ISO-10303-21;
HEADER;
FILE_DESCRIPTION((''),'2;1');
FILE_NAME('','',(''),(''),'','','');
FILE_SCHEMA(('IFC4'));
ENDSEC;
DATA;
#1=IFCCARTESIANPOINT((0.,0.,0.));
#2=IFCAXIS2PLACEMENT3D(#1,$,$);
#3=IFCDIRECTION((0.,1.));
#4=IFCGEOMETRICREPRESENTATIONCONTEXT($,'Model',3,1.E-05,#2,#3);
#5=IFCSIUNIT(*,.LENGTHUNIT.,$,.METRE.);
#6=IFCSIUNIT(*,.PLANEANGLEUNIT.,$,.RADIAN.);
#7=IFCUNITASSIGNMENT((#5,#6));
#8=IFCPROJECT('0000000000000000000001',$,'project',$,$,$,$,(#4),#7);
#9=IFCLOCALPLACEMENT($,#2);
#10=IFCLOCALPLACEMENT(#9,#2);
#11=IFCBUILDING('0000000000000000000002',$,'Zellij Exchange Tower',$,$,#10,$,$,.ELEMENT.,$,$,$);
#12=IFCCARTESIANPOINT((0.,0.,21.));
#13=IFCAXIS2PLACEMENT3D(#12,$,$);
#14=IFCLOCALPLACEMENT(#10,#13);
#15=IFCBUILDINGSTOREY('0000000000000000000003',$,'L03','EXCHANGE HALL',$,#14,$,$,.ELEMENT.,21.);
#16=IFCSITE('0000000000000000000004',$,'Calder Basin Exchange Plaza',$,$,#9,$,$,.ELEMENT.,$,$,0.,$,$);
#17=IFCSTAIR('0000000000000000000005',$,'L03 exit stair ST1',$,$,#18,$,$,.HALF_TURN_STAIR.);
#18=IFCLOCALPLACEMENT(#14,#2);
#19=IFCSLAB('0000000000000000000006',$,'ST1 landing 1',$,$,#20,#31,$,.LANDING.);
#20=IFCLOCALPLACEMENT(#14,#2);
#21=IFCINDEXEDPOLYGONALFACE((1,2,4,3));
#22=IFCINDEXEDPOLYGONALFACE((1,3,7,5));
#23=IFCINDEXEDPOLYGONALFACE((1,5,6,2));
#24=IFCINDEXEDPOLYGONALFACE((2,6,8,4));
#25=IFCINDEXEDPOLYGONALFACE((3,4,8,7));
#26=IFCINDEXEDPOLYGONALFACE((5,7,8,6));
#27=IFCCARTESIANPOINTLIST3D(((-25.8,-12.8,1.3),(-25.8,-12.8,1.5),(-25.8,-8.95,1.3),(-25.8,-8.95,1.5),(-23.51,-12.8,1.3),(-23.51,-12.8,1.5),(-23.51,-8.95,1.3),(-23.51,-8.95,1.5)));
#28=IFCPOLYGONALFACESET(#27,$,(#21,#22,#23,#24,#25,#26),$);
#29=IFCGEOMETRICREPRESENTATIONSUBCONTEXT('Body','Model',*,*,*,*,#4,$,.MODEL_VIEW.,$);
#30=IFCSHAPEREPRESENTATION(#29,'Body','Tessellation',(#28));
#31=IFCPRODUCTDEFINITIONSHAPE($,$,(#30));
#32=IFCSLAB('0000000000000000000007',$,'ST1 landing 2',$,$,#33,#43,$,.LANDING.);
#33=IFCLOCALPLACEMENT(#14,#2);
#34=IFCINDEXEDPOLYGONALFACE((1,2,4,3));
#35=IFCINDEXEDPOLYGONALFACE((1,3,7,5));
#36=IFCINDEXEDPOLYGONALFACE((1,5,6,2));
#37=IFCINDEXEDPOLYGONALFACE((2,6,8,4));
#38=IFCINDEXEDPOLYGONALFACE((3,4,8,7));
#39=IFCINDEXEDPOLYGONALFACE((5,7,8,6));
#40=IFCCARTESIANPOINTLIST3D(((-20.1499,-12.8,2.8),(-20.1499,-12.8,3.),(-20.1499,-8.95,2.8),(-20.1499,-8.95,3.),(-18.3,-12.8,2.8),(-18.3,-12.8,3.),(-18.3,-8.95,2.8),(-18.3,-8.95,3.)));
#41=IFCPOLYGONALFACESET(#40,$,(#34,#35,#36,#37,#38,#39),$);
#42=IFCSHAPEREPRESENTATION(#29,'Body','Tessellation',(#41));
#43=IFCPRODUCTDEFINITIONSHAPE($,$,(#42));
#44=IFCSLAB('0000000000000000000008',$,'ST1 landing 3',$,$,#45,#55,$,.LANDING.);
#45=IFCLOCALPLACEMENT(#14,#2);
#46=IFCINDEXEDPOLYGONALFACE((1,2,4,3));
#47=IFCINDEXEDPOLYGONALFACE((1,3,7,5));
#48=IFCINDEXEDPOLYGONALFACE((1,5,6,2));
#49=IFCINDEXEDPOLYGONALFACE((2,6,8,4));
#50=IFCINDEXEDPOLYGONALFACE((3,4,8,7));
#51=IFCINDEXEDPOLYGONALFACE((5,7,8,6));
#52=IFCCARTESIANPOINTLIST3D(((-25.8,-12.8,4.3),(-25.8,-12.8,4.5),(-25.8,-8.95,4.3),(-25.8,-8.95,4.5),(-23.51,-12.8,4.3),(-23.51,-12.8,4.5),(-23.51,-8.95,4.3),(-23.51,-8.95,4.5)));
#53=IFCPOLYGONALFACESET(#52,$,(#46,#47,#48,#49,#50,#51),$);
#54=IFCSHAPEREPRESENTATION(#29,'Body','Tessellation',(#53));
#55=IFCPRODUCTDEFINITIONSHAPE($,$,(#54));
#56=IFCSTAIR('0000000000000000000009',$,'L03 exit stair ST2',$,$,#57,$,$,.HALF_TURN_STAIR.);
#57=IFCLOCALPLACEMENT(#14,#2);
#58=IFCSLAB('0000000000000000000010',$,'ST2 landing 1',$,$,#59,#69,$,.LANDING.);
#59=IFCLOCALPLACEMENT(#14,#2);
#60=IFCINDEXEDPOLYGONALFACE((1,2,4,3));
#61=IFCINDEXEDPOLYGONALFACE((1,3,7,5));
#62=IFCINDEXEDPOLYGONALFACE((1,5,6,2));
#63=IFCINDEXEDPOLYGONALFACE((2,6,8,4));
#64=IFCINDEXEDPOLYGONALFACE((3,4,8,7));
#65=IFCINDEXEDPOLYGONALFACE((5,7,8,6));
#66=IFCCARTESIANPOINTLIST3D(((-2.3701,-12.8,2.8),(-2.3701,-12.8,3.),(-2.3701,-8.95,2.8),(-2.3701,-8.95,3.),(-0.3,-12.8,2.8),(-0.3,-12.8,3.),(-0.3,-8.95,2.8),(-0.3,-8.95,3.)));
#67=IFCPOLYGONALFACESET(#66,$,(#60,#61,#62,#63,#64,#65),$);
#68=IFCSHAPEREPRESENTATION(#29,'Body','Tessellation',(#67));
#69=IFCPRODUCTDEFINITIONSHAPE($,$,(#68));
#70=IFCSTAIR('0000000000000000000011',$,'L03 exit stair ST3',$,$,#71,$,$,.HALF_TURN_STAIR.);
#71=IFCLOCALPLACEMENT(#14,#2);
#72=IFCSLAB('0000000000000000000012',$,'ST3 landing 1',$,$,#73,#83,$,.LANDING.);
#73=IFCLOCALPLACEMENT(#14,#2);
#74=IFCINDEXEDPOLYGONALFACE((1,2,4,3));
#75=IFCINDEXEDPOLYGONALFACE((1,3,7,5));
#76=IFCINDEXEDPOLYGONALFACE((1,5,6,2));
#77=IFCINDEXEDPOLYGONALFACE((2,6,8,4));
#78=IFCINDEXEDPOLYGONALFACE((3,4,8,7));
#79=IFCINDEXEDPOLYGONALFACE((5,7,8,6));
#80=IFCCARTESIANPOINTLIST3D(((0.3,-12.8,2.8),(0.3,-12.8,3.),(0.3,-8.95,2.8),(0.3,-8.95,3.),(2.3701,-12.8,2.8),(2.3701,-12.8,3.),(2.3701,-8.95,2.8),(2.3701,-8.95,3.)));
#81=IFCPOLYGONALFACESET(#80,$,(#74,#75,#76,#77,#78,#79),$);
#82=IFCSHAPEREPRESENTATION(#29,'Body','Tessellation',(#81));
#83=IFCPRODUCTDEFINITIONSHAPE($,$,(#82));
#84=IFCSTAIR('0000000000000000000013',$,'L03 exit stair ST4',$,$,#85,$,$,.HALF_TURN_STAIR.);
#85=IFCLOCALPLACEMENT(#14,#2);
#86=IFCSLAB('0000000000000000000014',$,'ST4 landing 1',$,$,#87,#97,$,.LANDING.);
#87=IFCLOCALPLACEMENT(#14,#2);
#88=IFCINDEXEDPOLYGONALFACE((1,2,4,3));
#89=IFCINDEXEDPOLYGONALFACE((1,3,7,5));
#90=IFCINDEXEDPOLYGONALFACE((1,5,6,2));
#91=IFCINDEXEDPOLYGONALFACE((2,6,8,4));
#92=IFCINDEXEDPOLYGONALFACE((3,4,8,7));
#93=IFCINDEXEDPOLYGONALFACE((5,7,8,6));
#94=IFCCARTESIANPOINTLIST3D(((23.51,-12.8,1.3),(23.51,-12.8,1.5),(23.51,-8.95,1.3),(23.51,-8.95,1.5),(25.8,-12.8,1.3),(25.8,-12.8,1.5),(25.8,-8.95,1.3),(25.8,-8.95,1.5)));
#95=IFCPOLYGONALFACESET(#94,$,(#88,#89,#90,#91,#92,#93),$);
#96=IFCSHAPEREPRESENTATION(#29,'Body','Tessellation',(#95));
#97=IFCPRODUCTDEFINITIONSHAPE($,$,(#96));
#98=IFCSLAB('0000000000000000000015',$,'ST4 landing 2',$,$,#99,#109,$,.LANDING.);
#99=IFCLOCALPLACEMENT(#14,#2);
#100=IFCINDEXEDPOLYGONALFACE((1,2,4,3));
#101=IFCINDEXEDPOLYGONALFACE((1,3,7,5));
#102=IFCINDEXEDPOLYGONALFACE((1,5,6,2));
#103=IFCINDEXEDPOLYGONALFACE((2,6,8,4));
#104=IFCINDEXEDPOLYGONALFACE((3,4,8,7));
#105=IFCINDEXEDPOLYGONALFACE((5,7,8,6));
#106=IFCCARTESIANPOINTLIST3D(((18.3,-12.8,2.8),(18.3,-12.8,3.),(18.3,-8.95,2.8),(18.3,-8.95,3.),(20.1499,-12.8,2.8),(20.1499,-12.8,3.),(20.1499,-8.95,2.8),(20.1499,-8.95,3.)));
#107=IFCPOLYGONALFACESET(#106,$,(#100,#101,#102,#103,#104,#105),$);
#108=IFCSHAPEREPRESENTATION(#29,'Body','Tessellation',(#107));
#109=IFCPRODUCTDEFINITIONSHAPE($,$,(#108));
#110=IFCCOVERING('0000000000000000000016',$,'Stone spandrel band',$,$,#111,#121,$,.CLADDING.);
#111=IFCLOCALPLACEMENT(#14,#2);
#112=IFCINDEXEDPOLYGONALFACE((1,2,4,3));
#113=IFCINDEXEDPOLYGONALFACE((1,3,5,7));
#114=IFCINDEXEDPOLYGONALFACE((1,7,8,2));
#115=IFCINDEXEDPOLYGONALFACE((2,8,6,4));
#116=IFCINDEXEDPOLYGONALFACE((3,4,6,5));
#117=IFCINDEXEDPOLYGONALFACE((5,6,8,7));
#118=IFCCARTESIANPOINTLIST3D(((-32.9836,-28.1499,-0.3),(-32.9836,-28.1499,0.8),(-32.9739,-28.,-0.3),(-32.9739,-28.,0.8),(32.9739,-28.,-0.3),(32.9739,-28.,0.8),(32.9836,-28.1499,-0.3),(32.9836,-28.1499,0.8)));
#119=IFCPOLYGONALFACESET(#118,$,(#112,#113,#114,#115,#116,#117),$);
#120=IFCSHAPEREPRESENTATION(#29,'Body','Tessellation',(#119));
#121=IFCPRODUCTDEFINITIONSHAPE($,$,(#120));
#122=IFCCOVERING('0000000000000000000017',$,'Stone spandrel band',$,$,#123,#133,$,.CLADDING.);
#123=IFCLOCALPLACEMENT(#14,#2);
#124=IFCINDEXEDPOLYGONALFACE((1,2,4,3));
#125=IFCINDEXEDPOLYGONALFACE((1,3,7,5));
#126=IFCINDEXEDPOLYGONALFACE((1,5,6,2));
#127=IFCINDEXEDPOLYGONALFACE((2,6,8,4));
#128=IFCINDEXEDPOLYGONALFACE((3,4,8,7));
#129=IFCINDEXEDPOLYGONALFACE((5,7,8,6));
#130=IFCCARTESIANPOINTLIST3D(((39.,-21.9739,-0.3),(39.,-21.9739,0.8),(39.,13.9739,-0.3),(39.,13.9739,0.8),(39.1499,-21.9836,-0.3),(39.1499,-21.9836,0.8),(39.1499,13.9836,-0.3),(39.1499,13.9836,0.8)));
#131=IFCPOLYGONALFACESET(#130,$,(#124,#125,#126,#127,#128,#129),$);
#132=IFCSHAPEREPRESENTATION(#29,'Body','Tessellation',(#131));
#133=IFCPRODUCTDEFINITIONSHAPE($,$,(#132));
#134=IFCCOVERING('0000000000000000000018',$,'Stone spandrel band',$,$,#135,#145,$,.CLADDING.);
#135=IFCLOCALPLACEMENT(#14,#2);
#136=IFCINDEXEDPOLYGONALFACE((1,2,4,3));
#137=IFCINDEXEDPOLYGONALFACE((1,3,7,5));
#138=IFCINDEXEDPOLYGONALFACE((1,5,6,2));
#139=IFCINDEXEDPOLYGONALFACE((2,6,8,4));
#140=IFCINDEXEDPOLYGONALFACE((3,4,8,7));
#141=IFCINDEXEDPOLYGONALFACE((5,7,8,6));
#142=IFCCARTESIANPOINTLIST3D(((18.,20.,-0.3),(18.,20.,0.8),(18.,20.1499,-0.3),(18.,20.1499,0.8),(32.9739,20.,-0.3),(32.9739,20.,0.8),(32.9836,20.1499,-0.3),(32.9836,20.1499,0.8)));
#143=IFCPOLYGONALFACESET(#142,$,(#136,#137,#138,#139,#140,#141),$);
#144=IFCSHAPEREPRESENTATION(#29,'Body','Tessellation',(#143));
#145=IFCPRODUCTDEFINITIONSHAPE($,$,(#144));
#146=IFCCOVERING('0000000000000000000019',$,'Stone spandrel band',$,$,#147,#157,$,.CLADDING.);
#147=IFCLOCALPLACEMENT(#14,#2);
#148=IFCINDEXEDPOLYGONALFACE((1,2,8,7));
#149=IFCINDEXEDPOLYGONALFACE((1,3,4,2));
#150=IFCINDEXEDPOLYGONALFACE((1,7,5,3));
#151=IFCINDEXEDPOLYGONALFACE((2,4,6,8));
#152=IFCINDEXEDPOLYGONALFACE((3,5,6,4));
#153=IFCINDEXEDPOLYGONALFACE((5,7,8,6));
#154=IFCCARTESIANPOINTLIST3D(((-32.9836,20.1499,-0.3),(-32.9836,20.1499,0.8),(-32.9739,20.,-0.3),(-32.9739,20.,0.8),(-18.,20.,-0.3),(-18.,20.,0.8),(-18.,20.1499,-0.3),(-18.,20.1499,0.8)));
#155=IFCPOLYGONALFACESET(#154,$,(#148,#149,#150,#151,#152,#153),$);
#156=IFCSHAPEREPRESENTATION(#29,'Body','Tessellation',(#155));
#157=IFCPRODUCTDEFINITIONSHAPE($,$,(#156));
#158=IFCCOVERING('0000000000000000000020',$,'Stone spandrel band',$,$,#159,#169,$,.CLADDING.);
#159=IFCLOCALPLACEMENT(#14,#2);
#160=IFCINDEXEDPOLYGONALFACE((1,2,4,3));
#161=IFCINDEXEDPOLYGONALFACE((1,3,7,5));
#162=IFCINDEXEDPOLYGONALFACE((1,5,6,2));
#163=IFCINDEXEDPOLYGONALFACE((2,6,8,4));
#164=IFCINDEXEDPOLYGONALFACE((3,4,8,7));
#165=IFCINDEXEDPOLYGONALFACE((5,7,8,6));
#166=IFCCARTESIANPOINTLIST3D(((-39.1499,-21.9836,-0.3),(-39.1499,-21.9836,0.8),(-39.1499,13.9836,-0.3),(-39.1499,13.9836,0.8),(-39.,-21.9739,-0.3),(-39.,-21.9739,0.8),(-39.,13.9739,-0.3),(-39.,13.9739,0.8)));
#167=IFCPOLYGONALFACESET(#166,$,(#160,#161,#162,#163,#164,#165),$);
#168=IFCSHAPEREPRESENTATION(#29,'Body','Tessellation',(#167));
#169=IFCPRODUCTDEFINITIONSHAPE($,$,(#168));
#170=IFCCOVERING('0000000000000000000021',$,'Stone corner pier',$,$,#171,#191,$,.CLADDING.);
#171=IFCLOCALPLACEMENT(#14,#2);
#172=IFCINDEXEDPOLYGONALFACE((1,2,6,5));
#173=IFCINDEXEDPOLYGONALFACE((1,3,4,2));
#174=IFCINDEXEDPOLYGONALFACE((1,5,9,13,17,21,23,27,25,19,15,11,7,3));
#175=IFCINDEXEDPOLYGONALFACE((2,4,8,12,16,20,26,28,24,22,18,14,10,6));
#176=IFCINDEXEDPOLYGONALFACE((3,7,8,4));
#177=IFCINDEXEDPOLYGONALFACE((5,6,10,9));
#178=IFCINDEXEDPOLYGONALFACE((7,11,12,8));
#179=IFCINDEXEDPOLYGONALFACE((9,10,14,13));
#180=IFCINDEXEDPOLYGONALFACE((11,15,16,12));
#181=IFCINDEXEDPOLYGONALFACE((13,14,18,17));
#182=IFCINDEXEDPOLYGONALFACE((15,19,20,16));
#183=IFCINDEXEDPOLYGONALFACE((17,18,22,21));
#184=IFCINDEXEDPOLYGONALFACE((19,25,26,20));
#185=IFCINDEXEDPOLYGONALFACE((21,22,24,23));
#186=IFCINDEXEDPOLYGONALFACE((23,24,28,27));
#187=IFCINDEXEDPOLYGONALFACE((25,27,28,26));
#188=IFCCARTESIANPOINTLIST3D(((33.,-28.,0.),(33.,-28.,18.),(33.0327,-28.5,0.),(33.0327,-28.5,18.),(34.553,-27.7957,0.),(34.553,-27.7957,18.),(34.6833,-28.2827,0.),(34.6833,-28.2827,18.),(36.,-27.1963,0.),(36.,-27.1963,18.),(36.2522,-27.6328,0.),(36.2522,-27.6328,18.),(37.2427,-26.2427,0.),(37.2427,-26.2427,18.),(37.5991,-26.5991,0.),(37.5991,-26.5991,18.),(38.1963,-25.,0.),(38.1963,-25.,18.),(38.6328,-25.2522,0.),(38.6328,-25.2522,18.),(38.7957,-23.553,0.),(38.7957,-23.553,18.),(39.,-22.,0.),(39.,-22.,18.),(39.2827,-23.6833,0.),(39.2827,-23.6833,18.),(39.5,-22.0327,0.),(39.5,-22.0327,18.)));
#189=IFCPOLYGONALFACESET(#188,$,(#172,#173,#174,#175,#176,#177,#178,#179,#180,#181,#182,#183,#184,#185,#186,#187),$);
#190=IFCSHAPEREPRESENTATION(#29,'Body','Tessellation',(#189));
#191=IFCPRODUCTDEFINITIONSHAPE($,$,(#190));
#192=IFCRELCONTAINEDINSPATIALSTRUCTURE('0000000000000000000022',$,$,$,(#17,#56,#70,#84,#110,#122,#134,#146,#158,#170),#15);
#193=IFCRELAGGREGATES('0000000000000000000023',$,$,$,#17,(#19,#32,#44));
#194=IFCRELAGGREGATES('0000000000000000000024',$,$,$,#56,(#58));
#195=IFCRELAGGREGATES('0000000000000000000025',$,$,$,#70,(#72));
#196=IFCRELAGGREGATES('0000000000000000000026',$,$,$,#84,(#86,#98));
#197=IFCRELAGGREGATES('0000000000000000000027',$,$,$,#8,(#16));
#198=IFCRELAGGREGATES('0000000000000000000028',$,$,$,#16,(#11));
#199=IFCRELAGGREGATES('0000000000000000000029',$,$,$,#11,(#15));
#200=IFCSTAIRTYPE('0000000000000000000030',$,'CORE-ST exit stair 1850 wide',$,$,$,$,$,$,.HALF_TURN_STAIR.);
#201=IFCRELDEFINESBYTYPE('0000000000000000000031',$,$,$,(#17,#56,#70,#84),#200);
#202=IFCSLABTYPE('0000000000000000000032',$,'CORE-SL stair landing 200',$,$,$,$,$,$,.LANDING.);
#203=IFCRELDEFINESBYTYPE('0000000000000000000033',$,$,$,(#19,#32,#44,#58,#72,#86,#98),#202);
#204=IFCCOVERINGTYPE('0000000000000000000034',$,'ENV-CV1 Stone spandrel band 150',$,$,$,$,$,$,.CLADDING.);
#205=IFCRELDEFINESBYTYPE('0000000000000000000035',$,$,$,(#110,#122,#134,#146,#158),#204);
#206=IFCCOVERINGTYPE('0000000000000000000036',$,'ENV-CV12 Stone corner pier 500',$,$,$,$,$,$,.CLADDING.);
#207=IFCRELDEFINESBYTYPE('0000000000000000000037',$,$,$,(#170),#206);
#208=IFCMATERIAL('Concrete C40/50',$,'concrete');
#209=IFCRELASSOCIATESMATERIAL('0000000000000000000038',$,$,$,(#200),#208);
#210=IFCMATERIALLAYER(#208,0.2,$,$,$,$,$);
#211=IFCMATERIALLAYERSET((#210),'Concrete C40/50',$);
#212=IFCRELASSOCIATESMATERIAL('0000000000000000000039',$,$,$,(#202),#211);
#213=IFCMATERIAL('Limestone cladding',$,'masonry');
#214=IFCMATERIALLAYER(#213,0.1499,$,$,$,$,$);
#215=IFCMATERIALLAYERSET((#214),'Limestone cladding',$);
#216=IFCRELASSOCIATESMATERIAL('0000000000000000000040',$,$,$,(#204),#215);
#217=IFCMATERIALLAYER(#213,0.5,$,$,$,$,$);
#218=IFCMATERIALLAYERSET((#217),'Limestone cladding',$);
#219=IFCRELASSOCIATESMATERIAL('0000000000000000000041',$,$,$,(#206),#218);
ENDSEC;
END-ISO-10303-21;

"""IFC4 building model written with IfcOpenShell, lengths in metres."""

from ifc_helpers import new_model, si_unit, direction, frame, origin, place, context, subcontext, project, spatial, polyline, outline, extrude, material, layer, layer_set, type_object, element, aggregate, save


model = new_model("IFC4")

# Units and contexts
model_context = context("Model", 3, precision=1e-05, world=origin(), true_north=direction((0.0, 1.0)))
body_context = subcontext(model_context, "Body", "Model", "MODEL_VIEW")
ifc_project = project(units=[si_unit("LENGTHUNIT", "METRE"), si_unit("PLANEANGLEUNIT", "RADIAN")], contexts=[model_context])

# Site, building, storey
site_placement = place(None, origin())
site = spatial("IfcSite", under=ifc_project, at=site_placement, Name="Calder Basin Exchange Plaza", CompositionType="ELEMENT", RefElevation=0.0)
building_placement = place(site_placement, origin())
building = spatial("IfcBuilding", under=site, at=building_placement, Name="Zellij Exchange Tower", CompositionType="ELEMENT")
storey_placement = place(building_placement, frame((0.0, 0.0, 21.0)))
storey = spatial("IfcBuildingStorey", under=building, at=storey_placement, Name="L03", Description="EXCHANGE HALL", CompositionType="ELEMENT", Elevation=21.0)

# Stair, slabs
ifc_material_1 = material(Name="Concrete C40/50", Category="concrete")
stair_type = type_object("IfcStairType", Name="CORE-ST exit stair 1850 wide", PredefinedType="HALF_TURN_STAIR", material=ifc_material_1)
stair_1_placement = place(storey_placement, origin())
stair_1 = element("IfcStair", 1, at=stair_1_placement, inside=storey, type_object=stair_type, Name="L03 exit stair ST1", PredefinedType="HALF_TURN_STAIR")
ifc_layer_1 = layer(ifc_material_1, 0.2)
ifc_layer_set_1 = layer_set([ifc_layer_1], Name="Concrete C40/50")
slab_type = type_object("IfcSlabType", Name="CORE-SL stair landing 200", PredefinedType="LANDING", material=ifc_layer_set_1)
slab_1_placement = place(storey_placement, frame((0.0, 0.0, 1.3)))
slab_1 = element("IfcSlab", 2, at=slab_1_placement, type_object=slab_type, Name="ST1 landing 1", PredefinedType="LANDING", context=body_context, shape_type="SweptSolid", body=[
    extrude(outline(polyline([(-23.51, -8.95), (-25.8, -8.95), (-25.8, -12.8), (-23.51, -12.8), (-23.51, -8.95)])), origin(), (0.0, 0.0, 1.0), 0.2),
])
slab_2_placement = place(storey_placement, frame((0.0, 0.0, 2.8)))
slab_2 = element("IfcSlab", 3, at=slab_2_placement, type_object=slab_type, Name="ST1 landing 2", PredefinedType="LANDING", context=body_context, shape_type="SweptSolid", body=[
    extrude(outline(polyline([(-18.3, -8.95), (-20.1499, -8.95), (-20.1499, -12.8), (-18.3, -12.8), (-18.3, -8.95)])), origin(), (0.0, 0.0, 1.0), 0.2),
])
slab_3_placement = place(storey_placement, frame((0.0, 0.0, 4.3)))
slab_3 = element("IfcSlab", 4, at=slab_3_placement, type_object=slab_type, Name="ST1 landing 3", PredefinedType="LANDING", context=body_context, shape_type="SweptSolid", body=[
    extrude(outline(polyline([(-23.51, -8.95), (-25.8, -8.95), (-25.8, -12.8), (-23.51, -12.8), (-23.51, -8.95)])), origin(), (0.0, 0.0, 1.0), 0.2),
])
aggregate(stair_1, [slab_1, slab_2, slab_3])

# Stairs, slabs
stair_2_placement = place(storey_placement, origin())
stair_2 = element("IfcStair", 5, at=stair_2_placement, inside=storey, type_object=stair_type, Name="L03 exit stair ST2", PredefinedType="HALF_TURN_STAIR")
slab_4_placement = place(storey_placement, frame((0.0, 0.0, 2.8)))
slab_4 = element("IfcSlab", 6, at=slab_4_placement, type_object=slab_type, Name="ST2 landing 1", PredefinedType="LANDING", context=body_context, shape_type="SweptSolid", body=[
    extrude(outline(polyline([(-2.3701, -12.8), (-0.3, -12.8), (-0.3, -8.95), (-2.3701, -8.95), (-2.3701, -12.8)])), origin(), (0.0, 0.0, 1.0), 0.2),
])
aggregate(stair_2, [slab_4])
stair_3_placement = place(storey_placement, origin())
stair_3 = element("IfcStair", 7, at=stair_3_placement, inside=storey, type_object=stair_type, Name="L03 exit stair ST3", PredefinedType="HALF_TURN_STAIR")
slab_5_placement = place(storey_placement, frame((0.0, 0.0, 2.8)))
slab_5 = element("IfcSlab", 8, at=slab_5_placement, type_object=slab_type, Name="ST3 landing 1", PredefinedType="LANDING", context=body_context, shape_type="SweptSolid", body=[
    extrude(outline(polyline([(2.3701, -8.95), (0.3, -8.95), (0.3, -12.8), (2.3701, -12.8), (2.3701, -8.95)])), origin(), (0.0, 0.0, 1.0), 0.2),
])
aggregate(stair_3, [slab_5])

# Stair, slabs
stair_4_placement = place(storey_placement, origin())
stair_4 = element("IfcStair", 9, at=stair_4_placement, inside=storey, type_object=stair_type, Name="L03 exit stair ST4", PredefinedType="HALF_TURN_STAIR")
slab_6_placement = place(storey_placement, frame((0.0, 0.0, 1.3)))
slab_6 = element("IfcSlab", 10, at=slab_6_placement, type_object=slab_type, Name="ST4 landing 1", PredefinedType="LANDING", context=body_context, shape_type="SweptSolid", body=[
    extrude(outline(polyline([(23.51, -12.8), (25.8, -12.8), (25.8, -8.95), (23.51, -8.95), (23.51, -12.8)])), origin(), (0.0, 0.0, 1.0), 0.2),
])
slab_7_placement = place(storey_placement, frame((0.0, 0.0, 2.8)))
slab_7 = element("IfcSlab", 11, at=slab_7_placement, type_object=slab_type, Name="ST4 landing 2", PredefinedType="LANDING", context=body_context, shape_type="SweptSolid", body=[
    extrude(outline(polyline([(18.3, -12.8), (20.1499, -12.8), (20.1499, -8.95), (18.3, -8.95), (18.3, -12.8)])), origin(), (0.0, 0.0, 1.0), 0.2),
])
aggregate(stair_4, [slab_6, slab_7])

# Coverings
ifc_material_2 = material(Name="Limestone cladding", Category="masonry")
ifc_layer_2 = layer(ifc_material_2, 0.1499)
ifc_layer_set_2 = layer_set([ifc_layer_2], Name="Limestone cladding")
covering_type_1 = type_object("IfcCoveringType", Name="ENV-CV1 Stone spandrel band 150", PredefinedType="CLADDING", material=ifc_layer_set_2)
covering_1_placement = place(storey_placement, frame((0.0, 0.0, -0.3)))
element("IfcCovering", 12, at=covering_1_placement, inside=storey, type_object=covering_type_1, Name="Stone spandrel band", PredefinedType="CLADDING", context=body_context, shape_type="SweptSolid", body=[
    extrude(outline(polyline([(-32.9739, -28.0), (32.9739, -28.0), (32.9836, -28.1499), (-32.9836, -28.1499), (-32.9739, -28.0)])), origin(), (0.0, 0.0, 1.0), 1.1001),
])
covering_2_placement = place(storey_placement, frame((0.0, 0.0, -0.3)))
element("IfcCovering", 13, at=covering_2_placement, inside=storey, type_object=covering_type_1, Name="Stone spandrel band", PredefinedType="CLADDING", context=body_context, shape_type="SweptSolid", body=[
    extrude(outline(polyline([(39.0, -21.9739), (39.0, 13.9739), (39.1499, 13.9836), (39.1499, -21.9836), (39.0, -21.9739)])), origin(), (0.0, 0.0, 1.0), 1.1001),
])
covering_3_placement = place(storey_placement, frame((0.0, 0.0, -0.3)))
element("IfcCovering", 14, at=covering_3_placement, inside=storey, type_object=covering_type_1, Name="Stone spandrel band", PredefinedType="CLADDING", context=body_context, shape_type="SweptSolid", body=[
    extrude(outline(polyline([(32.9739, 20.0), (18.0, 20.0), (18.0, 20.1499), (32.9836, 20.1499), (32.9739, 20.0)])), origin(), (0.0, 0.0, 1.0), 1.1001),
])
covering_4_placement = place(storey_placement, frame((0.0, 0.0, -0.3)))
element("IfcCovering", 15, at=covering_4_placement, inside=storey, type_object=covering_type_1, Name="Stone spandrel band", PredefinedType="CLADDING", context=body_context, shape_type="SweptSolid", body=[
    extrude(outline(polyline([(-18.0, 20.0), (-32.9739, 20.0), (-32.9836, 20.1499), (-18.0, 20.1499), (-18.0, 20.0)])), origin(), (0.0, 0.0, 1.0), 1.1001),
])
covering_5_placement = place(storey_placement, frame((0.0, 0.0, -0.3)))
element("IfcCovering", 16, at=covering_5_placement, inside=storey, type_object=covering_type_1, Name="Stone spandrel band", PredefinedType="CLADDING", context=body_context, shape_type="SweptSolid", body=[
    extrude(outline(polyline([(-39.0, 13.9739), (-39.0, -21.9739), (-39.1499, -21.9836), (-39.1499, 13.9836), (-39.0, 13.9739)])), origin(), (0.0, 0.0, 1.0), 1.1001),
])
ifc_layer_3 = layer(ifc_material_2, 0.5)
ifc_layer_set_3 = layer_set([ifc_layer_3], Name="Limestone cladding")
covering_type_2 = type_object("IfcCoveringType", Name="ENV-CV12 Stone corner pier 500", PredefinedType="CLADDING", material=ifc_layer_set_3)
covering_6_placement = place(storey_placement, origin())
element("IfcCovering", 17, at=covering_6_placement, inside=storey, type_object=covering_type_2, Name="Stone corner pier", PredefinedType="CLADDING", context=body_context, shape_type="SweptSolid", body=[
    extrude(outline(polyline([(33.0, -28.0), (34.553, -27.7957), (36.0, -27.1963), (37.2427, -26.2427), (38.1963, -25.0), (38.7957, -23.553), (39.0, -22.0), (39.5, -22.0327), (39.2827, -23.6833), (38.6328, -25.2522), (37.5991, -26.5991), (36.2522, -27.6328), (34.6833, -28.2827), (33.0327, -28.5), (33.0, -28.0)])), origin(), (0.0, 0.0, 1.0), 18.0),
])

save(model, "model.ifc")
